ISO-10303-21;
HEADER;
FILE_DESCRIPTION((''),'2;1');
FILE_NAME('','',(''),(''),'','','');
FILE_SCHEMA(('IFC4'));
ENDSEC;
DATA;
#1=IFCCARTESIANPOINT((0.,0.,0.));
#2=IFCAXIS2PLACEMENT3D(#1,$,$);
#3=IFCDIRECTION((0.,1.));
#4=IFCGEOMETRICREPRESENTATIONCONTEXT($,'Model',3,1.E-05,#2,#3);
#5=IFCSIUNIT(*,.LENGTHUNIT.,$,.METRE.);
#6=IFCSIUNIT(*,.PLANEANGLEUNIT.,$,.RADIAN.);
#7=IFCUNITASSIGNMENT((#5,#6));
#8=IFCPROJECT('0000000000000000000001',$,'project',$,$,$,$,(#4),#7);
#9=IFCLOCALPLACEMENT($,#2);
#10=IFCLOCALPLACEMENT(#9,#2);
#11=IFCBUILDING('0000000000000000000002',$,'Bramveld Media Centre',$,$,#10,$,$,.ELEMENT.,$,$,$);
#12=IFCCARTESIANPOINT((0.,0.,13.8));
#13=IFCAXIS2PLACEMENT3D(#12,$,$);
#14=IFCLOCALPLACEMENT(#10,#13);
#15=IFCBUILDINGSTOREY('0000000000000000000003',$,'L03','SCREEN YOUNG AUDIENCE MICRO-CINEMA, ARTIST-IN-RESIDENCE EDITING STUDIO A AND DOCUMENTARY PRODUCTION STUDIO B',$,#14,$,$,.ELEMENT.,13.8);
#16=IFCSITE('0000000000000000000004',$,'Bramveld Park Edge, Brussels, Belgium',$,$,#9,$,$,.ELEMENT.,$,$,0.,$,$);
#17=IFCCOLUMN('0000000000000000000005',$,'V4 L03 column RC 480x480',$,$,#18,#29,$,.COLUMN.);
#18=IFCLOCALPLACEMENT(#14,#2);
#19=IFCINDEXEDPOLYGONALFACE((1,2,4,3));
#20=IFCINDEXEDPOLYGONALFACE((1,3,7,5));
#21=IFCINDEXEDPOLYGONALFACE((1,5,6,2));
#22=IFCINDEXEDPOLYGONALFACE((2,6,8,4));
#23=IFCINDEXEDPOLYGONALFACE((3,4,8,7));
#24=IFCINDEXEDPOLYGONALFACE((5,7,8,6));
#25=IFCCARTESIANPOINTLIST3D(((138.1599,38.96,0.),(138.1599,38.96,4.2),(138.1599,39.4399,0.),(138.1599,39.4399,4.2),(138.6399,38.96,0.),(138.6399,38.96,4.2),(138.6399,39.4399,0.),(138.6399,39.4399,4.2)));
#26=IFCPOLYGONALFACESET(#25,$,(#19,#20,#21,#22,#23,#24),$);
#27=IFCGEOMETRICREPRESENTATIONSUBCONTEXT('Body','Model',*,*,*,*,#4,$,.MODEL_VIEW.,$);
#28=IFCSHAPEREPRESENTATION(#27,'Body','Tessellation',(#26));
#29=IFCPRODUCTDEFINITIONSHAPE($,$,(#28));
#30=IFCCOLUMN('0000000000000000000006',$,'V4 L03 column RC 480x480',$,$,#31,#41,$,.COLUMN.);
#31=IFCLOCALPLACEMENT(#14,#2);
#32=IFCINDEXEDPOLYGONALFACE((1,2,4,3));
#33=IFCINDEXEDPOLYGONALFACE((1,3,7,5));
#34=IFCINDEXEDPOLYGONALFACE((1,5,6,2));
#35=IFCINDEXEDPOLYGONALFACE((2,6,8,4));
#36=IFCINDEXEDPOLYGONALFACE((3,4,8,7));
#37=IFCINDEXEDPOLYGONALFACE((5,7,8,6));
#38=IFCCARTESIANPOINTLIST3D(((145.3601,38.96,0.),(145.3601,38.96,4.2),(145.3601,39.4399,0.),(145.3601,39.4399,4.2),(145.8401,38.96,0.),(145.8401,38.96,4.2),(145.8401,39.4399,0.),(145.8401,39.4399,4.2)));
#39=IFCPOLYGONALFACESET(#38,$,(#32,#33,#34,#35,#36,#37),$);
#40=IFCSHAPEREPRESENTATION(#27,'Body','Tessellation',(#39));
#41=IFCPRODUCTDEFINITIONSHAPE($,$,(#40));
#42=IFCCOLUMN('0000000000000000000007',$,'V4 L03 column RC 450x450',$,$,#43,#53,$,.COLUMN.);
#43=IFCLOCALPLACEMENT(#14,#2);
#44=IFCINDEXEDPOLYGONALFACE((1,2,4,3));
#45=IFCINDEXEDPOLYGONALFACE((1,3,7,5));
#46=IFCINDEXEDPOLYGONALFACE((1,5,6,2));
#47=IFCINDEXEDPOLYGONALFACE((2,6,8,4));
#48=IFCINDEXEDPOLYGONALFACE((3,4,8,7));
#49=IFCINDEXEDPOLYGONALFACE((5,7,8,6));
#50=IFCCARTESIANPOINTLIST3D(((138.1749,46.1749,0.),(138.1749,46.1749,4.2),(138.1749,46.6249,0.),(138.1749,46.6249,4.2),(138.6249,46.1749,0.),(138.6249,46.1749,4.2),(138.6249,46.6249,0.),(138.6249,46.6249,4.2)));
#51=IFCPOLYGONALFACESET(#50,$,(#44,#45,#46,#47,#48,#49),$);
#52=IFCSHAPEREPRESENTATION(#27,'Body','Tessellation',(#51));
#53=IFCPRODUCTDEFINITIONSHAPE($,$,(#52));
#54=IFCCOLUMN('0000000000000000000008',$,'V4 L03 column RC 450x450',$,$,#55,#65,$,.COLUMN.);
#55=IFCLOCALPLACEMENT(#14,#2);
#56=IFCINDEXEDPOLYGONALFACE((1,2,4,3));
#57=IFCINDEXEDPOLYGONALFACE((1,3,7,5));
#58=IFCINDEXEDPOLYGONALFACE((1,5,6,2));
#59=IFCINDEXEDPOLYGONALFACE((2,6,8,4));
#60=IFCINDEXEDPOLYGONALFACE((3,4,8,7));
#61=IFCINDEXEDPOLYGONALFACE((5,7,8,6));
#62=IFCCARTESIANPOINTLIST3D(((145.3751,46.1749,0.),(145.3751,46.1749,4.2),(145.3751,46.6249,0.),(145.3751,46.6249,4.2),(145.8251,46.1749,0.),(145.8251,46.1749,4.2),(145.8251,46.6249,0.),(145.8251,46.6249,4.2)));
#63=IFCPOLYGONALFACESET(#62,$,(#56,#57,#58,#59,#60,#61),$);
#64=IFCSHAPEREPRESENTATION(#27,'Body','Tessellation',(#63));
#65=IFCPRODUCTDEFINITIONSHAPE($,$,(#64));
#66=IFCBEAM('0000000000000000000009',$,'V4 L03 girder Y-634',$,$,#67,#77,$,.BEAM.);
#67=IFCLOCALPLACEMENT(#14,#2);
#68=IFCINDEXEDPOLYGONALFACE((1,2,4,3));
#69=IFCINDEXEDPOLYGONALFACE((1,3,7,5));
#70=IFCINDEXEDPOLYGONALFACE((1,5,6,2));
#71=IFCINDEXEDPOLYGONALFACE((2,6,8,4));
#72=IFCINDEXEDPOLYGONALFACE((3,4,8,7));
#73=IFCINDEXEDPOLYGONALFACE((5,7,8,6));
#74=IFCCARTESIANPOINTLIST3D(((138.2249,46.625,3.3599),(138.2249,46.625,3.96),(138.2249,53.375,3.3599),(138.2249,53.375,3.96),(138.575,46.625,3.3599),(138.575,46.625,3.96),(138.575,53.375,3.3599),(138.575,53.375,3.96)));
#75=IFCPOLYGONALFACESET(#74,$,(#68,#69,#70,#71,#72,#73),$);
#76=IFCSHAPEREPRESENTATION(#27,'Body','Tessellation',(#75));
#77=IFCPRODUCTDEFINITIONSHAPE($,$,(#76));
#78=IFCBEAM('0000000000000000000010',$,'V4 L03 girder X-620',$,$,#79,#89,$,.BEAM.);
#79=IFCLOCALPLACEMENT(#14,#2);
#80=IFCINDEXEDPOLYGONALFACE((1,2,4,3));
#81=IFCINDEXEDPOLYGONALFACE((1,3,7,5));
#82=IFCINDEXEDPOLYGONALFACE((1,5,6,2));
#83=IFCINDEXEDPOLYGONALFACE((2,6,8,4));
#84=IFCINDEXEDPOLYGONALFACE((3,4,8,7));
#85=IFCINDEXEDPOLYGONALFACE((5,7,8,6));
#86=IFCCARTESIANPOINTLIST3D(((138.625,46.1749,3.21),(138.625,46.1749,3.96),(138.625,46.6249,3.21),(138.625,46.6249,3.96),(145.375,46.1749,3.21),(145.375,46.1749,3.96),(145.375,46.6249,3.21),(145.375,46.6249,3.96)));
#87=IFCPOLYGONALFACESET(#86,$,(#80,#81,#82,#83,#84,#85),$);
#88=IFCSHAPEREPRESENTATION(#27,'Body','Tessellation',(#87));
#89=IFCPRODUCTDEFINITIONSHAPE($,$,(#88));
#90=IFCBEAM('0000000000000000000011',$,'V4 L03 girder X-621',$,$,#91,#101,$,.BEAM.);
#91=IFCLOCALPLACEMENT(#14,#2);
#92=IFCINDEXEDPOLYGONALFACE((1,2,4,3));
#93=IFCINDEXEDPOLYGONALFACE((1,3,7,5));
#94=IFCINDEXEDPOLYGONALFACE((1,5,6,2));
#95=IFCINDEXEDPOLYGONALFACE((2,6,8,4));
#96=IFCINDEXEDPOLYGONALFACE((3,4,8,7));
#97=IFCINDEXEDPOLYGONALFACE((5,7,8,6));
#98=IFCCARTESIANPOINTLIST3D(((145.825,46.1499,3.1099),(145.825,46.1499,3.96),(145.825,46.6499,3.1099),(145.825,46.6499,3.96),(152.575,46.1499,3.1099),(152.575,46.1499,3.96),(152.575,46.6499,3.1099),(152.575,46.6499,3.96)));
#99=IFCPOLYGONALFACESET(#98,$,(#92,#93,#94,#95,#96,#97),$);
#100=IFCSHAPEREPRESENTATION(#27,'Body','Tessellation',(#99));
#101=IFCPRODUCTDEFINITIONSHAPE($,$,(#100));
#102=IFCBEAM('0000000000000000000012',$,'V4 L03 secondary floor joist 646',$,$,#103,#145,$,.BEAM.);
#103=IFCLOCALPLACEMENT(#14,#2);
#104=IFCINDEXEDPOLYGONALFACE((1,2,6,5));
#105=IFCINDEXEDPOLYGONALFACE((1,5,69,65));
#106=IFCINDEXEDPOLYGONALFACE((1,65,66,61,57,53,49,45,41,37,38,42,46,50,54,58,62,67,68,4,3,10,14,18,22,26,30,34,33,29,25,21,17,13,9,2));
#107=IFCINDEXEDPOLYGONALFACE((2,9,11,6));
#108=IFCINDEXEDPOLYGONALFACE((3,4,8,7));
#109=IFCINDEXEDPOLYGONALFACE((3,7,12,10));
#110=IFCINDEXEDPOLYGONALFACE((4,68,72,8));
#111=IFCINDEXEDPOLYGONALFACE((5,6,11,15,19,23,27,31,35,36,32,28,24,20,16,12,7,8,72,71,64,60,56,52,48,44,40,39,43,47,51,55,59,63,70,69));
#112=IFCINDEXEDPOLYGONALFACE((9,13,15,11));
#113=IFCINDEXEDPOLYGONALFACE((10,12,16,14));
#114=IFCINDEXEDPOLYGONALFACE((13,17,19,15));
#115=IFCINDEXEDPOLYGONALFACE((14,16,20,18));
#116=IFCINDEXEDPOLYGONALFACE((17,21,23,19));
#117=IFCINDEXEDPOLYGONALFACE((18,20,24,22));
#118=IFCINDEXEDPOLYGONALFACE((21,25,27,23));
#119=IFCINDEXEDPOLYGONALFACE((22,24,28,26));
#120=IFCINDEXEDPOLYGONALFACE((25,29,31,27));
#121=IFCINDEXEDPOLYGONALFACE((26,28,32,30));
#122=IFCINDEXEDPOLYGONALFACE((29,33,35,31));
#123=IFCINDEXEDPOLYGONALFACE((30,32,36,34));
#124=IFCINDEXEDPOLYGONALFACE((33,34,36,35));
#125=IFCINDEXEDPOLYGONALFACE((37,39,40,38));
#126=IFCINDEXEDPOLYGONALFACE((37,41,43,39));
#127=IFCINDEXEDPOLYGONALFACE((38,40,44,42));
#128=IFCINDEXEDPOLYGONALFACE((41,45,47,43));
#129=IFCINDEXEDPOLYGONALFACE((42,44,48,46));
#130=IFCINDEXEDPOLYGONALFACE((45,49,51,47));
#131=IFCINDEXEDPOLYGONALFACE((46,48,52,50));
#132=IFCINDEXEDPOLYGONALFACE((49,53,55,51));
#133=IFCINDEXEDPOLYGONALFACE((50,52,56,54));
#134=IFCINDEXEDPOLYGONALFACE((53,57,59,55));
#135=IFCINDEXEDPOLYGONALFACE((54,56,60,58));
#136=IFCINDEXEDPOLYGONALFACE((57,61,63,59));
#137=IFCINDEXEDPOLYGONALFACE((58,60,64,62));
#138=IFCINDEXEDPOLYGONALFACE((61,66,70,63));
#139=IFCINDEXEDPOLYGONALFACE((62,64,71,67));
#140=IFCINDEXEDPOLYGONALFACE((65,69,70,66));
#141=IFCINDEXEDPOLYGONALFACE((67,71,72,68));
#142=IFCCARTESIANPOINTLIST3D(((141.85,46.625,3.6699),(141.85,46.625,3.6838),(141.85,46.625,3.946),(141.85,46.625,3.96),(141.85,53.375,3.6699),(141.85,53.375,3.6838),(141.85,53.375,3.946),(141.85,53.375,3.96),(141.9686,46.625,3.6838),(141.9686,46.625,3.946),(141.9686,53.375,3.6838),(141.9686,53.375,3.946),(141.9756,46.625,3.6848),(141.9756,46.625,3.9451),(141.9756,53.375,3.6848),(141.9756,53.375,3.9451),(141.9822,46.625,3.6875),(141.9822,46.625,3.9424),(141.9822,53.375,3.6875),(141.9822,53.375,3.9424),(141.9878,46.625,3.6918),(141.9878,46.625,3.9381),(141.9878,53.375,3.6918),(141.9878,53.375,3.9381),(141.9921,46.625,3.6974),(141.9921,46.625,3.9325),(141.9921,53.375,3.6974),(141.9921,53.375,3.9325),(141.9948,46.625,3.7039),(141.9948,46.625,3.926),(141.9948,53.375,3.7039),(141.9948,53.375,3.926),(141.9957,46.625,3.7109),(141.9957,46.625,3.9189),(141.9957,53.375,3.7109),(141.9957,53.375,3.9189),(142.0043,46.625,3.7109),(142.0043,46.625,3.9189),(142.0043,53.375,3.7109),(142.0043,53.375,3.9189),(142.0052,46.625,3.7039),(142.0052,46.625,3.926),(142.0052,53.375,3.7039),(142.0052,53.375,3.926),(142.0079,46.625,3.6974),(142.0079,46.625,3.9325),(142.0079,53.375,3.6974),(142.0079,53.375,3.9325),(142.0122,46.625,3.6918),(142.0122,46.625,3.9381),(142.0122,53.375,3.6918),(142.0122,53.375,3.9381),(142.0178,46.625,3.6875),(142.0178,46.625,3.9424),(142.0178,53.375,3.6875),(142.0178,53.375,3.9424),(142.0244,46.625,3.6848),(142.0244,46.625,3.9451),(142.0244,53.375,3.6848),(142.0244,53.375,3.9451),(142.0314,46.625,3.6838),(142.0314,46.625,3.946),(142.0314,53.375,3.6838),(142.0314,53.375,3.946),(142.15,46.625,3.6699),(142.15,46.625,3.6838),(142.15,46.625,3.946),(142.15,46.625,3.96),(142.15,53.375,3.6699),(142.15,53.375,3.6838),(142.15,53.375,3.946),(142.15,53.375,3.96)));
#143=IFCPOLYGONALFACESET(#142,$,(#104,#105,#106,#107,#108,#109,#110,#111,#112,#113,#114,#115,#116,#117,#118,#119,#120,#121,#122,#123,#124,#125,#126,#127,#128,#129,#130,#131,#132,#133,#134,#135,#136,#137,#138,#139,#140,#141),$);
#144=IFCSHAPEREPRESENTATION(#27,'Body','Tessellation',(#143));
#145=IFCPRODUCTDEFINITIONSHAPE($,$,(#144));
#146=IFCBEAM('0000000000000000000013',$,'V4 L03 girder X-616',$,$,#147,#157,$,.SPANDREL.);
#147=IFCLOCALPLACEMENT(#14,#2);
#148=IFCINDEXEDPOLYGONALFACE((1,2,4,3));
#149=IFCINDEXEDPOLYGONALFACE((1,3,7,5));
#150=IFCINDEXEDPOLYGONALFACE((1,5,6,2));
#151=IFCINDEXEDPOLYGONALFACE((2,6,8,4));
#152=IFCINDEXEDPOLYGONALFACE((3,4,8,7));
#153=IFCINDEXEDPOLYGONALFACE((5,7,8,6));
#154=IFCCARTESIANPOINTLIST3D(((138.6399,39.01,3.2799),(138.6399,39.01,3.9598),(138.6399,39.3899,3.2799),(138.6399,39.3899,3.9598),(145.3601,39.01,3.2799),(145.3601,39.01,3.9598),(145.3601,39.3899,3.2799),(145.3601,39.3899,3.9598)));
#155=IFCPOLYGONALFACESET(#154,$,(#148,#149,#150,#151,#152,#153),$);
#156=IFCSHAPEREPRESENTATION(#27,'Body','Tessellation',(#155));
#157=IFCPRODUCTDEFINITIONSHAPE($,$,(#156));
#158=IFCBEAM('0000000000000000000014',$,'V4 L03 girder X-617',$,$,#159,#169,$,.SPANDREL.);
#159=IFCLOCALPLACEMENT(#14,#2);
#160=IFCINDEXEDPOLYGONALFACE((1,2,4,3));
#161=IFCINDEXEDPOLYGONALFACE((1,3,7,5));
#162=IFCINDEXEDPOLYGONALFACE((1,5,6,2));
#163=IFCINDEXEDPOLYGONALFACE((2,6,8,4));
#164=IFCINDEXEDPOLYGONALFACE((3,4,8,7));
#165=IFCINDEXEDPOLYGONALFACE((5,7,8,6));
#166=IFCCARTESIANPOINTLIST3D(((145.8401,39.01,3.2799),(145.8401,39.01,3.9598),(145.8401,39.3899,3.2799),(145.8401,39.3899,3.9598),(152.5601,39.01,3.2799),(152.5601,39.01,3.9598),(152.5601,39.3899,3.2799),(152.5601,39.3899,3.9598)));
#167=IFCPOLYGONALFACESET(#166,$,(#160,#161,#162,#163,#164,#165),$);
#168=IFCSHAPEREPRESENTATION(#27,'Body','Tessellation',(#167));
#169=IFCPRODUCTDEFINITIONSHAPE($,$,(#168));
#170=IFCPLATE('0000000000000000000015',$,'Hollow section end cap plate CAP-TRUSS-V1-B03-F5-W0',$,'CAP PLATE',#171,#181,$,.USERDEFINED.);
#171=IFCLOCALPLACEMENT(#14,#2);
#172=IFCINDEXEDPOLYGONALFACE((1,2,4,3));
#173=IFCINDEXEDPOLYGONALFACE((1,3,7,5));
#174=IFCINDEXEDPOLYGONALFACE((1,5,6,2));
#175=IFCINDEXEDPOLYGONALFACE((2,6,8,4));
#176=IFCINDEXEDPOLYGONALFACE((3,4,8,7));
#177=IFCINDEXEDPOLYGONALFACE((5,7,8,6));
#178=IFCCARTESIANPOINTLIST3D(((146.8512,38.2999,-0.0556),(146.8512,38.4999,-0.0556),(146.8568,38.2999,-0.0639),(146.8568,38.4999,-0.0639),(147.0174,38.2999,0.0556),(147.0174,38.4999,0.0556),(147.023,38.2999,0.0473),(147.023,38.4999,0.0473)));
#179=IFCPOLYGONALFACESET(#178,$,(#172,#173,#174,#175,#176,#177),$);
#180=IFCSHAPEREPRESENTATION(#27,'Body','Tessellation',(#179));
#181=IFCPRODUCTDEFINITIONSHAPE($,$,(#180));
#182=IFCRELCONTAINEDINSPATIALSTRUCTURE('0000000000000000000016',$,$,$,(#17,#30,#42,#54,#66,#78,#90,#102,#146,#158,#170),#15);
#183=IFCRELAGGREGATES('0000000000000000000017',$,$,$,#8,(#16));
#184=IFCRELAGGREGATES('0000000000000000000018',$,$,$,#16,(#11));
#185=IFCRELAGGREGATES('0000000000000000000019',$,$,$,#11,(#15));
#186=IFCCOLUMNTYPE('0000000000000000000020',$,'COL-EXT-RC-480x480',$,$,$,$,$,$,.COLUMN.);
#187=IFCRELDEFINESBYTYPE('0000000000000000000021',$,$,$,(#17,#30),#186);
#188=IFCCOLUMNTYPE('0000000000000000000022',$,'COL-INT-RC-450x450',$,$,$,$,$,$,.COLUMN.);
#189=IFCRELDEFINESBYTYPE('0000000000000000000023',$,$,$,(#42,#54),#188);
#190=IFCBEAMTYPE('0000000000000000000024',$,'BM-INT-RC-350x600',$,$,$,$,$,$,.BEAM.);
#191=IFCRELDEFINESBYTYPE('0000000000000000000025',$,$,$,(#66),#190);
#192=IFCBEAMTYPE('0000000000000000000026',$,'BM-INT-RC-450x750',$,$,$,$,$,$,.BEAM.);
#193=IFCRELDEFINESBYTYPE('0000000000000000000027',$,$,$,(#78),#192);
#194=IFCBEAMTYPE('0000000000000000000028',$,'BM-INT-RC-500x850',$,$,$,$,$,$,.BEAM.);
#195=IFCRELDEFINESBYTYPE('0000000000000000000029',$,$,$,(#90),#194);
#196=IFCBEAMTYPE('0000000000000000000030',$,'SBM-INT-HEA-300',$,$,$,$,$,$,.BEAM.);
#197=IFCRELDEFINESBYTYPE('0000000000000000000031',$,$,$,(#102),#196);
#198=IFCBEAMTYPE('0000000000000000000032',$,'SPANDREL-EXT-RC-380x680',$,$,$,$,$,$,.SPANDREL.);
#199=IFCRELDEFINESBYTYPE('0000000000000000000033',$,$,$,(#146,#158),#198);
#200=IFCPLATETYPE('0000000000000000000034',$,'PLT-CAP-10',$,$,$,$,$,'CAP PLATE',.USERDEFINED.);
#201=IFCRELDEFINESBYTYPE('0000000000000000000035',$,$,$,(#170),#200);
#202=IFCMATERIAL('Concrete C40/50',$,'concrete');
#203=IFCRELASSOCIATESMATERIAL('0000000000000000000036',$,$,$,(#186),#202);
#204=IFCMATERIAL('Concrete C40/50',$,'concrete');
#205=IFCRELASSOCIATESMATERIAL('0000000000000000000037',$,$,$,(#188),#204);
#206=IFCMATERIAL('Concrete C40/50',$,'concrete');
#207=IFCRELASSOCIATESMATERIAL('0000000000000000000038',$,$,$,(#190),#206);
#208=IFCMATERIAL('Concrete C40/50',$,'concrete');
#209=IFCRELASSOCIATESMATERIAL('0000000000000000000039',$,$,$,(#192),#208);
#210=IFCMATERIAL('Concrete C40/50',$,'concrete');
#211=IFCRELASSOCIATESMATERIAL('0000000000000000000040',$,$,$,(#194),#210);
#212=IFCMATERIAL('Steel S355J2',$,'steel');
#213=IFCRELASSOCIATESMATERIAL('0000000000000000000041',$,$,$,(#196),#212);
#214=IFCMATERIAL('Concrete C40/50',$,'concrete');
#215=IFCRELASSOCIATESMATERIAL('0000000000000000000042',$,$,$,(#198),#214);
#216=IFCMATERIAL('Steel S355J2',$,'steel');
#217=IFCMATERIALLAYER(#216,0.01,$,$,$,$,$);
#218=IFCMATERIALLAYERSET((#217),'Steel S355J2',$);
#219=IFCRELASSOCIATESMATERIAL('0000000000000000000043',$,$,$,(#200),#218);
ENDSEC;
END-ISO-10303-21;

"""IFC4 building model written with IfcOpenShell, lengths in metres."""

from ifc_helpers import new_model, si_unit, direction, frame, origin, origin_2d, place, context, subcontext, project, spatial, rectangle, i_section, extrude, material, layer, layer_set, material_profile, profile_set, type_object, element, save


model = new_model("IFC4")

# Units and contexts
model_context = context("Model", 3, precision=1e-05, world=origin(), true_north=direction((0.0, 1.0)))
body_context = subcontext(model_context, "Body", "Model", "MODEL_VIEW")
ifc_project = project(units=[si_unit("LENGTHUNIT", "METRE"), si_unit("PLANEANGLEUNIT", "RADIAN")], contexts=[model_context])

# Site, building, storey
site_placement = place(None, origin())
site = spatial("IfcSite", under=ifc_project, at=site_placement, Name="Bramveld Park Edge, Brussels, Belgium", CompositionType="ELEMENT", RefElevation=0.0)
building_placement = place(site_placement, origin())
building = spatial("IfcBuilding", under=site, at=building_placement, Name="Bramveld Media Centre", CompositionType="ELEMENT")
storey_placement = place(building_placement, frame((0.0, 0.0, 13.8)))
storey = spatial("IfcBuildingStorey", under=building, at=storey_placement, Name="L03", Description="SCREEN YOUNG AUDIENCE MICRO-CINEMA, ARTIST-IN-RESIDENCE EDITING STUDIO A AND DOCUMENTARY PRODUCTION STUDIO B", CompositionType="ELEMENT", Elevation=13.8)

# Columns
ifc_material_1 = material(Name="Concrete C40/50", Category="concrete")
ifc_material_profile_1 = material_profile(ifc_material_1, rectangle(XDim=0.48, YDim=0.48, at=origin_2d()), Name="RC 480x480")
ifc_profile_set_1 = profile_set([ifc_material_profile_1], Name="Concrete C40/50")
column_type_1 = type_object("IfcColumnType", Name="COL-EXT-RC-480x480", PredefinedType="COLUMN", material=ifc_profile_set_1)
for number, where, z_axis, x_axis, name in (
    (1, (138.3999, 39.2, 0.0), (0.0, 0.0, 1.0), (1.0, 0.0, 0.0), "V4 L03 column RC 480x480"),
    (2, (145.6001, 39.2, 0.0), (0.0, 0.0, 1.0), (1.0, 0.0, 0.0), "V4 L03 column RC 480x480"),
):
    element("IfcColumn", number, at=place(storey_placement, frame(where, z_axis=z_axis, x_axis=x_axis)), inside=storey, type_object=column_type_1, Name=name, PredefinedType="COLUMN", context=body_context, shape_type="SweptSolid", body=[
        extrude(rectangle(XDim=0.48, YDim=0.48, at=origin_2d()), origin(), (0.0, 0.0, 1.0), 4.2),
    ])
ifc_material_2 = material(Name="Concrete C40/50", Category="concrete")
ifc_material_profile_2 = material_profile(ifc_material_2, rectangle(XDim=0.45, YDim=0.45, at=origin_2d()), Name="RC 450x450")
ifc_profile_set_2 = profile_set([ifc_material_profile_2], Name="Concrete C40/50")
column_type_2 = type_object("IfcColumnType", Name="COL-INT-RC-450x450", PredefinedType="COLUMN", material=ifc_profile_set_2)
for number, where, z_axis, x_axis, name in (
    (3, (138.3999, 46.3999, 0.0), (0.0, 0.0, 1.0), (1.0, 0.0, 0.0), "V4 L03 column RC 450x450"),
    (4, (145.6001, 46.3999, 0.0), (0.0, 0.0, 1.0), (1.0, 0.0, 0.0), "V4 L03 column RC 450x450"),
):
    element("IfcColumn", number, at=place(storey_placement, frame(where, z_axis=z_axis, x_axis=x_axis)), inside=storey, type_object=column_type_2, Name=name, PredefinedType="COLUMN", context=body_context, shape_type="SweptSolid", body=[
        extrude(rectangle(XDim=0.45, YDim=0.45, at=origin_2d()), origin(), (0.0, 0.0, 1.0), 4.2),
    ])

# Beams
ifc_material_3 = material(Name="Concrete C40/50", Category="concrete")
ifc_material_profile_3 = material_profile(ifc_material_3, rectangle(XDim=0.3501, YDim=0.6001, at=origin_2d()), Name="RC 350x600")
ifc_profile_set_3 = profile_set([ifc_material_profile_3], Name="Concrete C40/50")
beam_type_1 = type_object("IfcBeamType", Name="BM-INT-RC-350x600", PredefinedType="BEAM", material=ifc_profile_set_3)
beam_1_placement = place(storey_placement, frame((138.3999, 46.625, 3.6599), z_axis=(0.0, 1.0, 0.0), x_axis=(-1.0, 0.0, 0.0)))
element("IfcBeam", 5, at=beam_1_placement, inside=storey, type_object=beam_type_1, Name="V4 L03 girder Y-634", PredefinedType="BEAM", context=body_context, shape_type="SweptSolid", body=[
    extrude(rectangle(XDim=0.3501, YDim=0.6001, at=origin_2d()), origin(), (0.0, 0.0, 1.0), 6.75),
])
ifc_material_4 = material(Name="Concrete C40/50", Category="concrete")
ifc_material_profile_4 = material_profile(ifc_material_4, rectangle(XDim=0.45, YDim=0.75, at=origin_2d()), Name="RC 450x750")
ifc_profile_set_4 = profile_set([ifc_material_profile_4], Name="Concrete C40/50")
beam_type_2 = type_object("IfcBeamType", Name="BM-INT-RC-450x750", PredefinedType="BEAM", material=ifc_profile_set_4)
beam_2_placement = place(storey_placement, frame((138.625, 46.3999, 3.585), z_axis=(1.0, 0.0, 0.0), x_axis=(0.0, 1.0, 0.0)))
element("IfcBeam", 6, at=beam_2_placement, inside=storey, type_object=beam_type_2, Name="V4 L03 girder X-620", PredefinedType="BEAM", context=body_context, shape_type="SweptSolid", body=[
    extrude(rectangle(XDim=0.45, YDim=0.75, at=origin_2d()), origin(), (0.0, 0.0, 1.0), 6.75),
])
ifc_material_5 = material(Name="Concrete C40/50", Category="concrete")
ifc_material_profile_5 = material_profile(ifc_material_5, rectangle(XDim=0.5, YDim=0.8501, at=origin_2d()), Name="RC 500x850")
ifc_profile_set_5 = profile_set([ifc_material_profile_5], Name="Concrete C40/50")
beam_type_3 = type_object("IfcBeamType", Name="BM-INT-RC-500x850", PredefinedType="BEAM", material=ifc_profile_set_5)
beam_3_placement = place(storey_placement, frame((145.825, 46.3999, 3.5349), z_axis=(1.0, 0.0, 0.0), x_axis=(0.0, 1.0, 0.0)))
element("IfcBeam", 7, at=beam_3_placement, inside=storey, type_object=beam_type_3, Name="V4 L03 girder X-621", PredefinedType="BEAM", context=body_context, shape_type="SweptSolid", body=[
    extrude(rectangle(XDim=0.5, YDim=0.8501, at=origin_2d()), origin(), (0.0, 0.0, 1.0), 6.75),
])
ifc_material_6 = material(Name="Steel S355J2", Category="steel")
ifc_material_profile_6 = material_profile(ifc_material_6, i_section(OverallWidth=0.3, OverallDepth=0.29, WebThickness=0.0085, FlangeThickness=0.0139, FilletRadius=0.0271, at=origin_2d()), Name="HEA 300")
ifc_profile_set_6 = profile_set([ifc_material_profile_6], Name="Steel S355J2")
beam_type_4 = type_object("IfcBeamType", Name="SBM-INT-HEA-300", PredefinedType="BEAM", material=ifc_profile_set_6)
beam_4_placement = place(storey_placement, frame((142.0, 46.625, 3.8149), z_axis=(0.0, 1.0, 0.0), x_axis=(-1.0, 0.0, 0.0)))
element("IfcBeam", 8, at=beam_4_placement, inside=storey, type_object=beam_type_4, Name="V4 L03 secondary floor joist 646", PredefinedType="BEAM", context=body_context, shape_type="SweptSolid", body=[
    extrude(i_section(OverallWidth=0.3, OverallDepth=0.29, WebThickness=0.0085, FlangeThickness=0.0139, FilletRadius=0.0271, at=origin_2d()), origin(), (0.0, 0.0, 1.0), 6.75),
])
ifc_material_7 = material(Name="Concrete C40/50", Category="concrete")
ifc_material_profile_7 = material_profile(ifc_material_7, rectangle(XDim=0.3799, YDim=0.6799, at=origin_2d()), Name="RC 380x680")
ifc_profile_set_7 = profile_set([ifc_material_profile_7], Name="Concrete C40/50")
beam_type_5 = type_object("IfcBeamType", Name="SPANDREL-EXT-RC-380x680", PredefinedType="SPANDREL", material=ifc_profile_set_7)
beam_5_placement = place(storey_placement, frame((138.6399, 39.2, 3.6199), z_axis=(1.0, 0.0, 0.0), x_axis=(0.0, 1.0, 0.0)))
element("IfcBeam", 9, at=beam_5_placement, inside=storey, type_object=beam_type_5, Name="V4 L03 girder X-616", PredefinedType="SPANDREL", context=body_context, shape_type="SweptSolid", body=[
    extrude(rectangle(XDim=0.3799, YDim=0.6799, at=origin_2d()), origin(), (0.0, 0.0, 1.0), 6.7202),
])
beam_6_placement = place(storey_placement, frame((145.8401, 39.2, 3.6199), z_axis=(1.0, 0.0, 0.0), x_axis=(0.0, 1.0, 0.0)))
element("IfcBeam", 10, at=beam_6_placement, inside=storey, type_object=beam_type_5, Name="V4 L03 girder X-617", PredefinedType="SPANDREL", context=body_context, shape_type="SweptSolid", body=[
    extrude(rectangle(XDim=0.3799, YDim=0.6799, at=origin_2d()), origin(), (0.0, 0.0, 1.0), 6.72),
])

# Plate
ifc_material_8 = material(Name="Steel S355J2", Category="steel")
ifc_layer_1 = layer(ifc_material_8, 0.01)
ifc_layer_set_1 = layer_set([ifc_layer_1], Name="Steel S355J2")
plate_type_1 = type_object("IfcPlateType", Name="PLT-CAP-10", ElementType="CAP PLATE", PredefinedType="USERDEFINED", material=ifc_layer_set_1)
plate_1_placement = place(storey_placement, frame((146.9343, 38.3999, 0.0), z_axis=(0.55616, 0.0, -0.831075), x_axis=(0.0, 1.0, 0.0)))
element("IfcPlate", 11, at=plate_1_placement, inside=storey, type_object=plate_type_1, Name="Hollow section end cap plate CAP-TRUSS-V1-B03-F5-W0", ObjectType="CAP PLATE", PredefinedType="USERDEFINED", context=body_context, shape_type="SweptSolid", body=[
    extrude(rectangle(XDim=0.2, YDim=0.2, at=origin_2d()), origin(), (0.0, 0.0, 1.0), 0.01),
])

save(model, "model.ifc")
